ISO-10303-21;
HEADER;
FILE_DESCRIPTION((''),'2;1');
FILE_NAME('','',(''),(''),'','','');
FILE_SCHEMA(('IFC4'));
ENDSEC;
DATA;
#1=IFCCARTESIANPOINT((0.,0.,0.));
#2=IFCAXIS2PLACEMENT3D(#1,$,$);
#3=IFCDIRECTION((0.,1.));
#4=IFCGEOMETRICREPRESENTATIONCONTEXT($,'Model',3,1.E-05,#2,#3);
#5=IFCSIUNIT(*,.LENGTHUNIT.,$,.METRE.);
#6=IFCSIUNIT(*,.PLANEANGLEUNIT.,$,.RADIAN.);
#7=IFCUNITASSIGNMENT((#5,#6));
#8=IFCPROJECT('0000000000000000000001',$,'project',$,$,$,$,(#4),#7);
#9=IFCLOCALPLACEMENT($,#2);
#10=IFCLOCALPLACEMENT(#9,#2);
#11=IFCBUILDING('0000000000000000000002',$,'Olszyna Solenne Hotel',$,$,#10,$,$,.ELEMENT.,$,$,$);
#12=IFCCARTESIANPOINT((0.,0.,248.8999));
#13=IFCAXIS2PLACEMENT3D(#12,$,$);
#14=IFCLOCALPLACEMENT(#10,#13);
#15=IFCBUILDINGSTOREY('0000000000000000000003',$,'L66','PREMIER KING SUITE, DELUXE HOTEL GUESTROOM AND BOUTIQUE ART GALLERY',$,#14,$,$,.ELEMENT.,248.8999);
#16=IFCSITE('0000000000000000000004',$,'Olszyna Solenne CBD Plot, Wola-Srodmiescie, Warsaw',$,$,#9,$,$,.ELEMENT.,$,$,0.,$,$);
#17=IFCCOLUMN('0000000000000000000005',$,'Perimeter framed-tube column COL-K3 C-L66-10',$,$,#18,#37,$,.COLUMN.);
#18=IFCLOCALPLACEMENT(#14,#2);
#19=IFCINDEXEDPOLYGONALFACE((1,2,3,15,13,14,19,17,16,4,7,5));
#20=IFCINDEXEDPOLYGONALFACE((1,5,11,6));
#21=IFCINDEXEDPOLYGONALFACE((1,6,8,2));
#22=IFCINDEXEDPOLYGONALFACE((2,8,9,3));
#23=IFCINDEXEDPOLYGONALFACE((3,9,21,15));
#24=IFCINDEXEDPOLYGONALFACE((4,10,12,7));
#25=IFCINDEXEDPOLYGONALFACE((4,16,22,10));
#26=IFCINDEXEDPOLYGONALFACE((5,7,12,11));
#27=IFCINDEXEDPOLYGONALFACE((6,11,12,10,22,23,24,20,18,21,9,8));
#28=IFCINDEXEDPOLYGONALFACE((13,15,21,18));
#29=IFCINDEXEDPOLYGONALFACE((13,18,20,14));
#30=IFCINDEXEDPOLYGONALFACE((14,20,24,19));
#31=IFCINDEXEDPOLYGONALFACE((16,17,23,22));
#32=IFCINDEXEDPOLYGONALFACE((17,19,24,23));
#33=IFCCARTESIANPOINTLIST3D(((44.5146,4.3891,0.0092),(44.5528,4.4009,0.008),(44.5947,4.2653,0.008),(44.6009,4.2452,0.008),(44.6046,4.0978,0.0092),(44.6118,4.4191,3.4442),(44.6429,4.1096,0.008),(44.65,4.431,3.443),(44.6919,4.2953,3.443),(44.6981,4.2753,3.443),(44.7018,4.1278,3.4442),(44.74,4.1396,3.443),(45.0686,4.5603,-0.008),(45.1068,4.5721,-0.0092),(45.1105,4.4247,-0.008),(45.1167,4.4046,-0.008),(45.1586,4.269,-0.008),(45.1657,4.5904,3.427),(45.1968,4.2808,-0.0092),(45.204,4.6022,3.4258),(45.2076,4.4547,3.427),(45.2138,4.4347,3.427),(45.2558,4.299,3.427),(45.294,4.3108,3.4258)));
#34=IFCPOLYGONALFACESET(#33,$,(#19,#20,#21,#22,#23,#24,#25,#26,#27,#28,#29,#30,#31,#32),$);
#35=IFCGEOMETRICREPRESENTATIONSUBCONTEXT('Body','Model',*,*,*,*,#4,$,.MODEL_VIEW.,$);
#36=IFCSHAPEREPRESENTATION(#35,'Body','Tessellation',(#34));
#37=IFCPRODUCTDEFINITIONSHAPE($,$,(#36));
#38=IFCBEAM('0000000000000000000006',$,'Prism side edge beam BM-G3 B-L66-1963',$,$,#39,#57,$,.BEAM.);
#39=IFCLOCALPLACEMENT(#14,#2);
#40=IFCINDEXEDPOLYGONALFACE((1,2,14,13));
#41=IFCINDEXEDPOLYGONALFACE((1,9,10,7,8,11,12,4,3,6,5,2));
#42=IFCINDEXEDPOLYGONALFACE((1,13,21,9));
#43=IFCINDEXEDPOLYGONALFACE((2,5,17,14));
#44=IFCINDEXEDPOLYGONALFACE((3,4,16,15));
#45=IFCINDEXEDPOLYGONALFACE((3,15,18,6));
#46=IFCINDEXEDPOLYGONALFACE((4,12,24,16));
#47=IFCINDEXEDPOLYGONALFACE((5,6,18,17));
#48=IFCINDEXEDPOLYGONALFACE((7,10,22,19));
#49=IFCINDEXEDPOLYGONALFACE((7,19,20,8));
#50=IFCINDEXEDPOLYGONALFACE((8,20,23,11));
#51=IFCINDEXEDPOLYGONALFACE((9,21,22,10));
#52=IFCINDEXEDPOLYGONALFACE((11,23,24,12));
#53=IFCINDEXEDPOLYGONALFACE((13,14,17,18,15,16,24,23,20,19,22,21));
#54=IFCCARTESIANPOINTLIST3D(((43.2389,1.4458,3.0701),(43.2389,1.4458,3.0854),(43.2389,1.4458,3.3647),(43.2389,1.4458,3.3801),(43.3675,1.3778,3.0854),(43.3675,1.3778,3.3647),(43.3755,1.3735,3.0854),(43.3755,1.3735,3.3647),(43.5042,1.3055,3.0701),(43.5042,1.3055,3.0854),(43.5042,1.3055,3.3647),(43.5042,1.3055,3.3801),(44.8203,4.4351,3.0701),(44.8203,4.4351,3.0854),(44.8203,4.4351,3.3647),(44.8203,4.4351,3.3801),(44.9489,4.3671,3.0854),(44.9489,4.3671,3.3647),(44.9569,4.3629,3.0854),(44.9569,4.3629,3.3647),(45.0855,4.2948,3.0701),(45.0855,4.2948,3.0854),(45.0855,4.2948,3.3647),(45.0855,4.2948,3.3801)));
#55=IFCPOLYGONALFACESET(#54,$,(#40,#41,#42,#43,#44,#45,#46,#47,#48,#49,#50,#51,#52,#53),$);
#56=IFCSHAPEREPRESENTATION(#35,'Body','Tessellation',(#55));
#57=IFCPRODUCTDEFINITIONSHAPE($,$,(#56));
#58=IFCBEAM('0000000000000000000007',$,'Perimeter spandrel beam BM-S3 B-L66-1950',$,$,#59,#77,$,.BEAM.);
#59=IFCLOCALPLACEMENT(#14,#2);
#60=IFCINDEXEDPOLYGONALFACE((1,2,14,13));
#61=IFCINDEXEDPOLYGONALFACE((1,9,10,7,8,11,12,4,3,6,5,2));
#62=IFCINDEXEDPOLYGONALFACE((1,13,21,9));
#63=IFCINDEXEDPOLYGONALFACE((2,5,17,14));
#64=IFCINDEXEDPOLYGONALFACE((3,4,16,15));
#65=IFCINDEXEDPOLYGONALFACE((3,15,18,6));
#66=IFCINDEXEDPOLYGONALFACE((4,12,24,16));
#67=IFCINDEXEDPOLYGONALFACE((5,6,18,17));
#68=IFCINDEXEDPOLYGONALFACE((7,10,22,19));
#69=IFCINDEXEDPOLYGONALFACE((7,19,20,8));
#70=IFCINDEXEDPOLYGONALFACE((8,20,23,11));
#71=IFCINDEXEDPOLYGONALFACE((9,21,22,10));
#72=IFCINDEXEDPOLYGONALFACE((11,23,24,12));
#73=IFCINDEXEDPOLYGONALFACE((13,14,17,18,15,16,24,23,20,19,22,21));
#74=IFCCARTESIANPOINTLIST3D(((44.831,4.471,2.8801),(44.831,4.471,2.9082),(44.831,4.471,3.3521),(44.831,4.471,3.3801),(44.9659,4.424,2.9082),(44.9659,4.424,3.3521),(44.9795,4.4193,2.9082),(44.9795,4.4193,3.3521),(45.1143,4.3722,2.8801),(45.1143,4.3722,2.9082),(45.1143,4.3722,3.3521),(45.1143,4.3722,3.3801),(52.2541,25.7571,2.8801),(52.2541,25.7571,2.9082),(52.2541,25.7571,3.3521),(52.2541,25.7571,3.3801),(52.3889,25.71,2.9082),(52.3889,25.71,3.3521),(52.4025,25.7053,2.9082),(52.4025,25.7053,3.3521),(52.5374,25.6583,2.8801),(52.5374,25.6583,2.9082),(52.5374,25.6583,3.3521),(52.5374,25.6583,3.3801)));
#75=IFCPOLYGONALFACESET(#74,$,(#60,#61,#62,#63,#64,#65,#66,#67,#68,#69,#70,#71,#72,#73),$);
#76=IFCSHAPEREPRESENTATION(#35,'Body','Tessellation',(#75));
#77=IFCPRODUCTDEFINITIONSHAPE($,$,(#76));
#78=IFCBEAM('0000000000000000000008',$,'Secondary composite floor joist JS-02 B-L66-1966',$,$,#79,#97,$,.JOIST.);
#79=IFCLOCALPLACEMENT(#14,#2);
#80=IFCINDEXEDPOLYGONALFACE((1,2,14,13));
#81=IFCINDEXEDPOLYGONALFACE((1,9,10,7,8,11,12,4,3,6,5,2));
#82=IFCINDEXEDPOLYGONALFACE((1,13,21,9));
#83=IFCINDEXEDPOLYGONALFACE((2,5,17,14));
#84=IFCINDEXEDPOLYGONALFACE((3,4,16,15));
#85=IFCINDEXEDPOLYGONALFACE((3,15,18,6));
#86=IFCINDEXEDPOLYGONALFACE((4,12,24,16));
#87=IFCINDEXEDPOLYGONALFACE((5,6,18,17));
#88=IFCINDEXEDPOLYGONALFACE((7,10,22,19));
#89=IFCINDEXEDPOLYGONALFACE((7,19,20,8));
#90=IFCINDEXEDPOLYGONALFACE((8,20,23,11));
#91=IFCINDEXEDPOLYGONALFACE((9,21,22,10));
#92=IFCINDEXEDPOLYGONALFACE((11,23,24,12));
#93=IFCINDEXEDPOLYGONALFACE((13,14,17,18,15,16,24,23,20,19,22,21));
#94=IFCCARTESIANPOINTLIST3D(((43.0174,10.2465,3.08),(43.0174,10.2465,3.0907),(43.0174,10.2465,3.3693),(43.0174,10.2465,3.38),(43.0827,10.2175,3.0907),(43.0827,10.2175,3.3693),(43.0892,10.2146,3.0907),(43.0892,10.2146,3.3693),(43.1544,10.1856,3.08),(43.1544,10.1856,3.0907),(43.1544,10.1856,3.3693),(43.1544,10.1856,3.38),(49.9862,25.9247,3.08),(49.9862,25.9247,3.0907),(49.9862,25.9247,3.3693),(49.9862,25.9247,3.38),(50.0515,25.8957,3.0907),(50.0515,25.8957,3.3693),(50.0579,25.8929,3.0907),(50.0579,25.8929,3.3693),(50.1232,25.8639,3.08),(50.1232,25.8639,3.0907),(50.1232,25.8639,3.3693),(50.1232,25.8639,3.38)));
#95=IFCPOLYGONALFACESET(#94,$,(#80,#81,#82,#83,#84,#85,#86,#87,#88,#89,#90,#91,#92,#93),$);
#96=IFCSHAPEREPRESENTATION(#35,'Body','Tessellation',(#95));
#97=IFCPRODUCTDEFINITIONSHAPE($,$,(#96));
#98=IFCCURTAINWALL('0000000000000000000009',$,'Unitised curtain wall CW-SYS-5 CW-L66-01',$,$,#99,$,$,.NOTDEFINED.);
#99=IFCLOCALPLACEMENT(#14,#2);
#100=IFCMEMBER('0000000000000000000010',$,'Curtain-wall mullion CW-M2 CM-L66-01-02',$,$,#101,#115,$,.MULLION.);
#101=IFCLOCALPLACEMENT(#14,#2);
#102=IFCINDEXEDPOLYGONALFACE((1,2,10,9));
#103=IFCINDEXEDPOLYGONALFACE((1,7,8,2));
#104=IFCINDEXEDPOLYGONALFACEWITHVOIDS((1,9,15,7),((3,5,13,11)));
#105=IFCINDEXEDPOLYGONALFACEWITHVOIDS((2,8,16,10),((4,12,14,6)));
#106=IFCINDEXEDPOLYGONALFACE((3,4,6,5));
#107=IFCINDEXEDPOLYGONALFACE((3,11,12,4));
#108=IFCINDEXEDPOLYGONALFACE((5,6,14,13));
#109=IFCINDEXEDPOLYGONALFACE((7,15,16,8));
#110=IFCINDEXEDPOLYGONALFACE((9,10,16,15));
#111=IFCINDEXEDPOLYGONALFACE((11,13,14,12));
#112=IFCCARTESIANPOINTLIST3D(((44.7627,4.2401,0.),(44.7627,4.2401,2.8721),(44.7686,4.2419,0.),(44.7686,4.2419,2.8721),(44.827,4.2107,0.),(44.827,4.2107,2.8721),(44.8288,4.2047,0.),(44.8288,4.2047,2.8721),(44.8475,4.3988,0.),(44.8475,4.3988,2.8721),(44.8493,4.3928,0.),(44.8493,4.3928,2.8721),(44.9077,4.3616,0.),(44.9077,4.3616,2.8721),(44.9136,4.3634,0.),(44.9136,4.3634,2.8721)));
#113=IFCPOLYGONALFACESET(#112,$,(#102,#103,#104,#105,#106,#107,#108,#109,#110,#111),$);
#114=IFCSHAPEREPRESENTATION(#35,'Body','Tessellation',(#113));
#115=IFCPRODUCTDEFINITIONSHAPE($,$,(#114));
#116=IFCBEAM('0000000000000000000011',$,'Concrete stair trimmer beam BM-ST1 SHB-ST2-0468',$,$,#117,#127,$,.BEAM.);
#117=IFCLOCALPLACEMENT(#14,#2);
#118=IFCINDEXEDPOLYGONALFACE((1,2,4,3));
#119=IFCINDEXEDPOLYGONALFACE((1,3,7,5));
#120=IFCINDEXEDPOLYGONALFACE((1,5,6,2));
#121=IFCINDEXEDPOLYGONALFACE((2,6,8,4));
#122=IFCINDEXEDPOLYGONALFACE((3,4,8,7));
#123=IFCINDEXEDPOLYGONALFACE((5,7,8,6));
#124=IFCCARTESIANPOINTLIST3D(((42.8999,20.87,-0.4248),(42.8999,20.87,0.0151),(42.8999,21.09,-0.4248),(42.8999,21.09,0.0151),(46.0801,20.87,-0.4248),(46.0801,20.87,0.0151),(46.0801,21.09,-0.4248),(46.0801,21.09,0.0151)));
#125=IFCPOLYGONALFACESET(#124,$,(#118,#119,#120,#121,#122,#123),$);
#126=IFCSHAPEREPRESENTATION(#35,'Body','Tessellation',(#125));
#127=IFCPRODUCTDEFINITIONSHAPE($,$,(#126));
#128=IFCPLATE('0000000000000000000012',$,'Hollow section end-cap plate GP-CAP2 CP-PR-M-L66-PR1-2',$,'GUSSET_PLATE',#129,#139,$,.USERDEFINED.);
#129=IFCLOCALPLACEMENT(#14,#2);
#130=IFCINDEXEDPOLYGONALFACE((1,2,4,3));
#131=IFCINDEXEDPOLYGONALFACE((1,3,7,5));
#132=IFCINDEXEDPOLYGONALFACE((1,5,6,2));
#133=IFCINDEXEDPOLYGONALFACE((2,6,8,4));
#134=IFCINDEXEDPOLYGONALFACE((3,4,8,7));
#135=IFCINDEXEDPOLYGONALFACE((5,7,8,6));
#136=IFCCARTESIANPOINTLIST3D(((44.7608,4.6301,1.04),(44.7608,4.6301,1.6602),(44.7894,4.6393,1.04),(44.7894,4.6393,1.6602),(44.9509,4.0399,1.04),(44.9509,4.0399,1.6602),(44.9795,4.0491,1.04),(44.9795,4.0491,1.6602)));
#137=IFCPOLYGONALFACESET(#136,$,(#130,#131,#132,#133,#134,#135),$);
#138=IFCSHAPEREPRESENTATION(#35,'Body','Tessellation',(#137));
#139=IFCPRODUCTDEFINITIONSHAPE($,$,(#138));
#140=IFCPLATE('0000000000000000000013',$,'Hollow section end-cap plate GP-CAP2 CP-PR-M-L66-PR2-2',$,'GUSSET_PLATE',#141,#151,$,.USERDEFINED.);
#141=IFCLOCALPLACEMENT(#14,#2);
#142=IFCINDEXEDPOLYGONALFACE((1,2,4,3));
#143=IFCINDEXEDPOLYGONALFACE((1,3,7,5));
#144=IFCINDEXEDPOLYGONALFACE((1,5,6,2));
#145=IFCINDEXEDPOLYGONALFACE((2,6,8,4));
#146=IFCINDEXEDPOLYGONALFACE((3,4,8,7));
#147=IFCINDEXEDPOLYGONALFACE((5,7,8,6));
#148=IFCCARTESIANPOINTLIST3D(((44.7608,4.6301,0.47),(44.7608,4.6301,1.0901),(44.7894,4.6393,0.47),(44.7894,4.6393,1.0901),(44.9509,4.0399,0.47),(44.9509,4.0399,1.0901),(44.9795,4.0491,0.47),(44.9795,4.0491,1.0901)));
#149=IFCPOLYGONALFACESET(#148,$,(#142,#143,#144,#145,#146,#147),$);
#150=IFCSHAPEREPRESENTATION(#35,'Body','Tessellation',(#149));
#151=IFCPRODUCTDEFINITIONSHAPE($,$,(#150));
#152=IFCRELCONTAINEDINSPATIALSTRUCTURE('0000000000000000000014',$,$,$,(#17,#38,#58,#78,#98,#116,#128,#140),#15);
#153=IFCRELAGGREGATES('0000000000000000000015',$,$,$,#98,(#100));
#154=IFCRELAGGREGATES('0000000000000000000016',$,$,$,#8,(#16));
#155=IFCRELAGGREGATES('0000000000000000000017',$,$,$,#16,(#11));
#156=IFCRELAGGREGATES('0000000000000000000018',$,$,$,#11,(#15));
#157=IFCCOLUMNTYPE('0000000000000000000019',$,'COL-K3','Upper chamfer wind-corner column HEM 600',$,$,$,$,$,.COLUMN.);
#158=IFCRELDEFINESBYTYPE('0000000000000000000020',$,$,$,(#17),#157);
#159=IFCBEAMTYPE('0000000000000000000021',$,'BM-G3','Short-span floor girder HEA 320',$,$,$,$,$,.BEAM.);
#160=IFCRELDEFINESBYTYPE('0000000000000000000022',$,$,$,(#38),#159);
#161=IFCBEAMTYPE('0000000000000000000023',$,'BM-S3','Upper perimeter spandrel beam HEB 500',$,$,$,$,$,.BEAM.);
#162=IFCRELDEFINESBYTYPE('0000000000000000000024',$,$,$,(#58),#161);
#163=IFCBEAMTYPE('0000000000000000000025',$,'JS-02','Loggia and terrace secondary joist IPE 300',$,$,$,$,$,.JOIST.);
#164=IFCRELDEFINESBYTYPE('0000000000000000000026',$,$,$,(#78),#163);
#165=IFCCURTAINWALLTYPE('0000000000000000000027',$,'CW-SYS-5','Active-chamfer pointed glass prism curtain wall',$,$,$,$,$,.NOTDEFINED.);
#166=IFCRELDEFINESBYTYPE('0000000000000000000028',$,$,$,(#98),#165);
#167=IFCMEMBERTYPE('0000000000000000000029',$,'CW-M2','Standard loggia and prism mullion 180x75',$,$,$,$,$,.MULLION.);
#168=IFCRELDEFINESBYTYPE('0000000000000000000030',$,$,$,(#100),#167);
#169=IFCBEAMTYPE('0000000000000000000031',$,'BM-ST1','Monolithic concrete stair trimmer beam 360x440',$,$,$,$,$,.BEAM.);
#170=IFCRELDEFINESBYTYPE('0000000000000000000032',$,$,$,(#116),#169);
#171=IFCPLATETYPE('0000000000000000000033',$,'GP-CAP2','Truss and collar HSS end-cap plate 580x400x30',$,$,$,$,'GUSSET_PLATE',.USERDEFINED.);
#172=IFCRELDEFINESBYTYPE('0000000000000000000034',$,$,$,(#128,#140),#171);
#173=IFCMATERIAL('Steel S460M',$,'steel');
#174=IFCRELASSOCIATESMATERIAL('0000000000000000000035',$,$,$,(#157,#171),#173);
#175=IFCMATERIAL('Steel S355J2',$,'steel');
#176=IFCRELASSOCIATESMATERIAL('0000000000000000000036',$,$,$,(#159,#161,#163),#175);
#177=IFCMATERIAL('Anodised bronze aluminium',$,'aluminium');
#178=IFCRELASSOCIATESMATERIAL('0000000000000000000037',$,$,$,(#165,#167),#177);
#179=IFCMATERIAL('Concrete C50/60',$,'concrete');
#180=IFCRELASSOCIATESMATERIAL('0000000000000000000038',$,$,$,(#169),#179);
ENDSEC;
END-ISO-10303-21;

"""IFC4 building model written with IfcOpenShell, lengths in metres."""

from ifc_helpers import new_model, si_unit, direction, frame, origin, origin_2d, place, context, subcontext, project, spatial, rectangle, hollow_rectangle, i_section, extrude, source, transform, mapped, material, material_profile, profile_set, type_object, element, aggregate, save


model = new_model("IFC4")

# Units and contexts
model_context = context("Model", 3, precision=1e-05, world=origin(), true_north=direction((0.0, 1.0)))
body_context = subcontext(model_context, "Body", "Model", "MODEL_VIEW")
ifc_project = project(units=[si_unit("LENGTHUNIT", "METRE"), si_unit("PLANEANGLEUNIT", "RADIAN")], contexts=[model_context])

# Site, building, storey
site_placement = place(None, origin())
site = spatial("IfcSite", under=ifc_project, at=site_placement, Name="Olszyna Solenne CBD Plot, Wola-Srodmiescie, Warsaw", CompositionType="ELEMENT", RefElevation=0.0)
building_placement = place(site_placement, origin())
building = spatial("IfcBuilding", under=site, at=building_placement, Name="Olszyna Solenne Hotel", CompositionType="ELEMENT")
storey_placement = place(building_placement, frame((0.0, 0.0, 248.8999)))
storey = spatial("IfcBuildingStorey", under=building, at=storey_placement, Name="L66", Description="PREMIER KING SUITE, DELUXE HOTEL GUESTROOM AND BOUTIQUE ART GALLERY", CompositionType="ELEMENT", Elevation=248.8999)

# Column
ifc_material_1 = material(Name="Steel S460M", Category="steel")
ifc_material_profile_1 = material_profile(ifc_material_1, i_section(OverallWidth=0.3049, OverallDepth=0.6201, WebThickness=0.021, FlangeThickness=0.04, at=origin_2d()), Name="HEM 600", Category="load-bearing")
ifc_profile_set_1 = profile_set([ifc_material_profile_1], Name="Steel S460M")
column_type = type_object("IfcColumnType", Name="COL-K3", Description="Upper chamfer wind-corner column HEM 600", PredefinedType="COLUMN", material=ifc_profile_set_1)
shared_shape_1 = source(origin(), body_context, "Body", "SweptSolid", [
    extrude(i_section(OverallWidth=0.3049, OverallDepth=0.6201, WebThickness=0.021, FlangeThickness=0.04, at=origin_2d()), origin(), (0.0, 0.0, 1.0), 3.4365),
])
column_placement = place(storey_placement, frame((44.8557, 4.335, 0.0), z_axis=(0.028275, 0.008738, 0.999562), x_axis=(-0.295266, 0.955415, 0.0)))
element("IfcColumn", 1, at=column_placement, inside=storey, type_object=column_type, Name="Perimeter framed-tube column COL-K3 C-L66-10", PredefinedType="COLUMN", context=body_context, shape_type="MappedRepresentation", body=[
    mapped(shared_shape_1, transform((0.0, 0.0, 0.0), x_axis=(1.0, 0.0, 0.0), y_axis=(0.0, 1.0, 0.0), z_axis=(0.0, 0.0, 1.0), scale=1.0)),
])

# Beams
ifc_material_2 = material(Name="Steel S355J2", Category="steel")
ifc_material_profile_2 = material_profile(ifc_material_2, i_section(OverallWidth=0.3, OverallDepth=0.3101, WebThickness=0.009, FlangeThickness=0.0154, at=origin_2d()), Name="HEA 320", Category="load-bearing")
ifc_profile_set_2 = profile_set([ifc_material_profile_2], Name="Steel S355J2")
beam_type_1 = type_object("IfcBeamType", Name="BM-G3", Description="Short-span floor girder HEA 320", PredefinedType="BEAM", material=ifc_profile_set_2)
shared_shape_2 = source(origin(), body_context, "Body", "SweptSolid", [
    extrude(i_section(OverallWidth=0.3, OverallDepth=0.3101, WebThickness=0.009, FlangeThickness=0.0154, at=origin_2d()), origin(), (0.0, 0.0, 1.0), 3.3818),
])
beam_1_placement = place(storey_placement, frame((44.9529, 4.365, 3.2251), z_axis=(-0.467599, -0.883941, 0.0), x_axis=(0.883941, -0.467599, 0.0)))
element("IfcBeam", 2, at=beam_1_placement, inside=storey, type_object=beam_type_1, Name="Prism side edge beam BM-G3 B-L66-1963", PredefinedType="BEAM", context=body_context, shape_type="MappedRepresentation", body=[
    mapped(shared_shape_2, transform((0.0, 0.0, 0.0), x_axis=(1.0, 0.0, 0.0), y_axis=(0.0, 1.0, 0.0), z_axis=(0.0, 0.0, 1.0), scale=1.0)),
])
ifc_material_profile_3 = material_profile(ifc_material_2, i_section(OverallWidth=0.3, OverallDepth=0.5, WebThickness=0.0144, FlangeThickness=0.0281, at=origin_2d()), Name="HEB 500", Category="load-bearing")
ifc_profile_set_3 = profile_set([ifc_material_profile_3], Name="Steel S355J2")
beam_type_2 = type_object("IfcBeamType", Name="BM-S3", Description="Upper perimeter spandrel beam HEB 500", PredefinedType="BEAM", material=ifc_profile_set_3)
shared_shape_3 = source(origin(), body_context, "Body", "SweptSolid", [
    extrude(i_section(OverallWidth=0.3, OverallDepth=0.5, WebThickness=0.0144, FlangeThickness=0.0281, at=origin_2d()), origin(), (0.0, 0.0, 1.0), 22.5432),
])
beam_2_placement = place(storey_placement, frame((44.9727, 4.4216, 3.1301), z_axis=(0.329281, 0.944232, 0.0), x_axis=(-0.944232, 0.329281, 0.0)))
element("IfcBeam", 3, at=beam_2_placement, inside=storey, type_object=beam_type_2, Name="Perimeter spandrel beam BM-S3 B-L66-1950", PredefinedType="BEAM", context=body_context, shape_type="MappedRepresentation", body=[
    mapped(shared_shape_3, transform((0.0, 0.0, 0.0), x_axis=(1.0, 0.0, 0.0), y_axis=(0.0, 1.0, 0.0), z_axis=(0.0, 0.0, 1.0), scale=1.0)),
])
ifc_material_profile_4 = material_profile(ifc_material_2, i_section(OverallWidth=0.1499, OverallDepth=0.3, WebThickness=0.0071, FlangeThickness=0.0107, at=origin_2d()), Name="IPE 300", Category="load-bearing")
ifc_profile_set_4 = profile_set([ifc_material_profile_4], Name="Steel S355J2")
beam_type_3 = type_object("IfcBeamType", Name="JS-02", Description="Loggia and terrace secondary joist IPE 300", PredefinedType="JOIST", material=ifc_profile_set_4)
shared_shape_4 = source(origin(), body_context, "Body", "SweptSolid", [
    extrude(i_section(OverallWidth=0.1499, OverallDepth=0.3, WebThickness=0.0071, FlangeThickness=0.0107, at=origin_2d()), origin(), (0.0, 0.0, 1.0), 17.1572),
])
beam_3_placement = place(storey_placement, frame((43.0859, 10.2161, 3.23), z_axis=(0.40617, 0.913797, 0.0), x_axis=(-0.913797, 0.40617, 0.0)))
element("IfcBeam", 4, at=beam_3_placement, inside=storey, type_object=beam_type_3, Name="Secondary composite floor joist JS-02 B-L66-1966", PredefinedType="JOIST", context=body_context, shape_type="MappedRepresentation", body=[
    mapped(shared_shape_4, transform((0.0, 0.0, 0.0), x_axis=(1.0, 0.0, 0.0), y_axis=(0.0, 1.0, 0.0), z_axis=(0.0, 0.0, 1.0), scale=1.0)),
])

# Curtain wall, member
ifc_material_3 = material(Name="Anodised bronze aluminium", Category="aluminium")
curtain_wall_type = type_object("IfcCurtainWallType", Name="CW-SYS-5", Description="Active-chamfer pointed glass prism curtain wall", PredefinedType="NOTDEFINED", material=ifc_material_3)
curtain_wall_placement = place(storey_placement, origin())
curtain_wall = element("IfcCurtainWall", 5, at=curtain_wall_placement, inside=storey, type_object=curtain_wall_type, Name="Unitised curtain wall CW-SYS-5 CW-L66-01", PredefinedType="NOTDEFINED")
ifc_material_profile_5 = material_profile(ifc_material_3, hollow_rectangle(XDim=0.075, YDim=0.1799, WallThickness=0.0044, at=origin_2d()), Name="MULL 180x75x4.5", Category="load-bearing")
ifc_profile_set_5 = profile_set([ifc_material_profile_5], Name="Anodised bronze aluminium")
member_type = type_object("IfcMemberType", Name="CW-M2", Description="Standard loggia and prism mullion 180x75", PredefinedType="MULLION", material=ifc_profile_set_5)
shared_shape_5 = source(origin(), body_context, "Body", "SweptSolid", [
    extrude(hollow_rectangle(XDim=0.075, YDim=0.1799, WallThickness=0.0044, at=origin_2d()), origin(), (0.0, 0.0, 1.0), 2.8721),
])
member_placement = place(storey_placement, frame((44.8381, 4.3018, 0.0), z_axis=(0.0, 0.0, 1.0), x_axis=(-0.881893, 0.471449, 0.0)))
member = element("IfcMember", 6, at=member_placement, type_object=member_type, Name="Curtain-wall mullion CW-M2 CM-L66-01-02", PredefinedType="MULLION", context=body_context, shape_type="MappedRepresentation", body=[
    mapped(shared_shape_5, transform((0.0, 0.0, 0.0), x_axis=(1.0, 0.0, 0.0), y_axis=(0.0, 1.0, 0.0), z_axis=(0.0, 0.0, 1.0), scale=1.0)),
])
aggregate(curtain_wall, [member])

# Beam
ifc_material_4 = material(Name="Concrete C50/60", Category="concrete")
ifc_material_profile_6 = material_profile(ifc_material_4, rectangle(XDim=0.22, YDim=0.4399, at=origin_2d()), Name="RC 220x440", Category="load-bearing")
ifc_profile_set_6 = profile_set([ifc_material_profile_6], Name="Concrete C50/60")
beam_type_4 = type_object("IfcBeamType", Name="BM-ST1", Description="Monolithic concrete stair trimmer beam 360x440", PredefinedType="BEAM", material=ifc_profile_set_6)
shared_shape_6 = source(origin(), body_context, "Body", "SweptSolid", [
    extrude(rectangle(XDim=0.22, YDim=0.4399, at=origin_2d()), origin(), (0.0, 0.0, 1.0), 3.1802),
])
beam_4_placement = place(storey_placement, frame((46.0801, 20.98, -0.2048), z_axis=(-1.0, 0.0, 0.0), x_axis=(0.0, -1.0, 0.0)))
element("IfcBeam", 7, at=beam_4_placement, inside=storey, type_object=beam_type_4, Name="Concrete stair trimmer beam BM-ST1 SHB-ST2-0468", PredefinedType="BEAM", context=body_context, shape_type="MappedRepresentation", body=[
    mapped(shared_shape_6, transform((0.0, 0.0, 0.0), x_axis=(1.0, 0.0, 0.0), y_axis=(0.0, 1.0, 0.0), z_axis=(0.0, 0.0, 1.0), scale=1.0)),
])

# Plates
plate_type = type_object("IfcPlateType", Name="GP-CAP2", Description="Truss and collar HSS end-cap plate 580x400x30", ElementType="GUSSET_PLATE", PredefinedType="USERDEFINED", material=ifc_material_1)
shared_shape_7 = source(origin(), body_context, "Body", "SweptSolid", [
    extrude(rectangle(XDim=0.03, YDim=0.6201, at=origin_2d()), origin(), (0.0, 0.0, 1.0), 0.6201),
])
for number, where, z_axis, x_axis, name in (
    (8, (44.8701, 4.3396, 1.04), (0.0, 0.0, 1.0), (0.951862, 0.306526, 0.0), "Hollow section end-cap plate GP-CAP2 CP-PR-M-L66-PR1-2"),
    (9, (44.8701, 4.3396, 0.47), (0.0, 0.0, 1.0), (0.951862, 0.306526, 0.0), "Hollow section end-cap plate GP-CAP2 CP-PR-M-L66-PR2-2"),
):
    element("IfcPlate", number, at=place(storey_placement, frame(where, z_axis=z_axis, x_axis=x_axis)), inside=storey, type_object=plate_type, Name=name, ObjectType="GUSSET_PLATE", PredefinedType="USERDEFINED", context=body_context, shape_type="MappedRepresentation", body=[
        mapped(shared_shape_7, transform((0.0, 0.0, 0.0), x_axis=(1.0, 0.0, 0.0), y_axis=(0.0, 1.0, 0.0), z_axis=(0.0, 0.0, 1.0), scale=1.0)),
    ])

save(model, "model.ifc")
